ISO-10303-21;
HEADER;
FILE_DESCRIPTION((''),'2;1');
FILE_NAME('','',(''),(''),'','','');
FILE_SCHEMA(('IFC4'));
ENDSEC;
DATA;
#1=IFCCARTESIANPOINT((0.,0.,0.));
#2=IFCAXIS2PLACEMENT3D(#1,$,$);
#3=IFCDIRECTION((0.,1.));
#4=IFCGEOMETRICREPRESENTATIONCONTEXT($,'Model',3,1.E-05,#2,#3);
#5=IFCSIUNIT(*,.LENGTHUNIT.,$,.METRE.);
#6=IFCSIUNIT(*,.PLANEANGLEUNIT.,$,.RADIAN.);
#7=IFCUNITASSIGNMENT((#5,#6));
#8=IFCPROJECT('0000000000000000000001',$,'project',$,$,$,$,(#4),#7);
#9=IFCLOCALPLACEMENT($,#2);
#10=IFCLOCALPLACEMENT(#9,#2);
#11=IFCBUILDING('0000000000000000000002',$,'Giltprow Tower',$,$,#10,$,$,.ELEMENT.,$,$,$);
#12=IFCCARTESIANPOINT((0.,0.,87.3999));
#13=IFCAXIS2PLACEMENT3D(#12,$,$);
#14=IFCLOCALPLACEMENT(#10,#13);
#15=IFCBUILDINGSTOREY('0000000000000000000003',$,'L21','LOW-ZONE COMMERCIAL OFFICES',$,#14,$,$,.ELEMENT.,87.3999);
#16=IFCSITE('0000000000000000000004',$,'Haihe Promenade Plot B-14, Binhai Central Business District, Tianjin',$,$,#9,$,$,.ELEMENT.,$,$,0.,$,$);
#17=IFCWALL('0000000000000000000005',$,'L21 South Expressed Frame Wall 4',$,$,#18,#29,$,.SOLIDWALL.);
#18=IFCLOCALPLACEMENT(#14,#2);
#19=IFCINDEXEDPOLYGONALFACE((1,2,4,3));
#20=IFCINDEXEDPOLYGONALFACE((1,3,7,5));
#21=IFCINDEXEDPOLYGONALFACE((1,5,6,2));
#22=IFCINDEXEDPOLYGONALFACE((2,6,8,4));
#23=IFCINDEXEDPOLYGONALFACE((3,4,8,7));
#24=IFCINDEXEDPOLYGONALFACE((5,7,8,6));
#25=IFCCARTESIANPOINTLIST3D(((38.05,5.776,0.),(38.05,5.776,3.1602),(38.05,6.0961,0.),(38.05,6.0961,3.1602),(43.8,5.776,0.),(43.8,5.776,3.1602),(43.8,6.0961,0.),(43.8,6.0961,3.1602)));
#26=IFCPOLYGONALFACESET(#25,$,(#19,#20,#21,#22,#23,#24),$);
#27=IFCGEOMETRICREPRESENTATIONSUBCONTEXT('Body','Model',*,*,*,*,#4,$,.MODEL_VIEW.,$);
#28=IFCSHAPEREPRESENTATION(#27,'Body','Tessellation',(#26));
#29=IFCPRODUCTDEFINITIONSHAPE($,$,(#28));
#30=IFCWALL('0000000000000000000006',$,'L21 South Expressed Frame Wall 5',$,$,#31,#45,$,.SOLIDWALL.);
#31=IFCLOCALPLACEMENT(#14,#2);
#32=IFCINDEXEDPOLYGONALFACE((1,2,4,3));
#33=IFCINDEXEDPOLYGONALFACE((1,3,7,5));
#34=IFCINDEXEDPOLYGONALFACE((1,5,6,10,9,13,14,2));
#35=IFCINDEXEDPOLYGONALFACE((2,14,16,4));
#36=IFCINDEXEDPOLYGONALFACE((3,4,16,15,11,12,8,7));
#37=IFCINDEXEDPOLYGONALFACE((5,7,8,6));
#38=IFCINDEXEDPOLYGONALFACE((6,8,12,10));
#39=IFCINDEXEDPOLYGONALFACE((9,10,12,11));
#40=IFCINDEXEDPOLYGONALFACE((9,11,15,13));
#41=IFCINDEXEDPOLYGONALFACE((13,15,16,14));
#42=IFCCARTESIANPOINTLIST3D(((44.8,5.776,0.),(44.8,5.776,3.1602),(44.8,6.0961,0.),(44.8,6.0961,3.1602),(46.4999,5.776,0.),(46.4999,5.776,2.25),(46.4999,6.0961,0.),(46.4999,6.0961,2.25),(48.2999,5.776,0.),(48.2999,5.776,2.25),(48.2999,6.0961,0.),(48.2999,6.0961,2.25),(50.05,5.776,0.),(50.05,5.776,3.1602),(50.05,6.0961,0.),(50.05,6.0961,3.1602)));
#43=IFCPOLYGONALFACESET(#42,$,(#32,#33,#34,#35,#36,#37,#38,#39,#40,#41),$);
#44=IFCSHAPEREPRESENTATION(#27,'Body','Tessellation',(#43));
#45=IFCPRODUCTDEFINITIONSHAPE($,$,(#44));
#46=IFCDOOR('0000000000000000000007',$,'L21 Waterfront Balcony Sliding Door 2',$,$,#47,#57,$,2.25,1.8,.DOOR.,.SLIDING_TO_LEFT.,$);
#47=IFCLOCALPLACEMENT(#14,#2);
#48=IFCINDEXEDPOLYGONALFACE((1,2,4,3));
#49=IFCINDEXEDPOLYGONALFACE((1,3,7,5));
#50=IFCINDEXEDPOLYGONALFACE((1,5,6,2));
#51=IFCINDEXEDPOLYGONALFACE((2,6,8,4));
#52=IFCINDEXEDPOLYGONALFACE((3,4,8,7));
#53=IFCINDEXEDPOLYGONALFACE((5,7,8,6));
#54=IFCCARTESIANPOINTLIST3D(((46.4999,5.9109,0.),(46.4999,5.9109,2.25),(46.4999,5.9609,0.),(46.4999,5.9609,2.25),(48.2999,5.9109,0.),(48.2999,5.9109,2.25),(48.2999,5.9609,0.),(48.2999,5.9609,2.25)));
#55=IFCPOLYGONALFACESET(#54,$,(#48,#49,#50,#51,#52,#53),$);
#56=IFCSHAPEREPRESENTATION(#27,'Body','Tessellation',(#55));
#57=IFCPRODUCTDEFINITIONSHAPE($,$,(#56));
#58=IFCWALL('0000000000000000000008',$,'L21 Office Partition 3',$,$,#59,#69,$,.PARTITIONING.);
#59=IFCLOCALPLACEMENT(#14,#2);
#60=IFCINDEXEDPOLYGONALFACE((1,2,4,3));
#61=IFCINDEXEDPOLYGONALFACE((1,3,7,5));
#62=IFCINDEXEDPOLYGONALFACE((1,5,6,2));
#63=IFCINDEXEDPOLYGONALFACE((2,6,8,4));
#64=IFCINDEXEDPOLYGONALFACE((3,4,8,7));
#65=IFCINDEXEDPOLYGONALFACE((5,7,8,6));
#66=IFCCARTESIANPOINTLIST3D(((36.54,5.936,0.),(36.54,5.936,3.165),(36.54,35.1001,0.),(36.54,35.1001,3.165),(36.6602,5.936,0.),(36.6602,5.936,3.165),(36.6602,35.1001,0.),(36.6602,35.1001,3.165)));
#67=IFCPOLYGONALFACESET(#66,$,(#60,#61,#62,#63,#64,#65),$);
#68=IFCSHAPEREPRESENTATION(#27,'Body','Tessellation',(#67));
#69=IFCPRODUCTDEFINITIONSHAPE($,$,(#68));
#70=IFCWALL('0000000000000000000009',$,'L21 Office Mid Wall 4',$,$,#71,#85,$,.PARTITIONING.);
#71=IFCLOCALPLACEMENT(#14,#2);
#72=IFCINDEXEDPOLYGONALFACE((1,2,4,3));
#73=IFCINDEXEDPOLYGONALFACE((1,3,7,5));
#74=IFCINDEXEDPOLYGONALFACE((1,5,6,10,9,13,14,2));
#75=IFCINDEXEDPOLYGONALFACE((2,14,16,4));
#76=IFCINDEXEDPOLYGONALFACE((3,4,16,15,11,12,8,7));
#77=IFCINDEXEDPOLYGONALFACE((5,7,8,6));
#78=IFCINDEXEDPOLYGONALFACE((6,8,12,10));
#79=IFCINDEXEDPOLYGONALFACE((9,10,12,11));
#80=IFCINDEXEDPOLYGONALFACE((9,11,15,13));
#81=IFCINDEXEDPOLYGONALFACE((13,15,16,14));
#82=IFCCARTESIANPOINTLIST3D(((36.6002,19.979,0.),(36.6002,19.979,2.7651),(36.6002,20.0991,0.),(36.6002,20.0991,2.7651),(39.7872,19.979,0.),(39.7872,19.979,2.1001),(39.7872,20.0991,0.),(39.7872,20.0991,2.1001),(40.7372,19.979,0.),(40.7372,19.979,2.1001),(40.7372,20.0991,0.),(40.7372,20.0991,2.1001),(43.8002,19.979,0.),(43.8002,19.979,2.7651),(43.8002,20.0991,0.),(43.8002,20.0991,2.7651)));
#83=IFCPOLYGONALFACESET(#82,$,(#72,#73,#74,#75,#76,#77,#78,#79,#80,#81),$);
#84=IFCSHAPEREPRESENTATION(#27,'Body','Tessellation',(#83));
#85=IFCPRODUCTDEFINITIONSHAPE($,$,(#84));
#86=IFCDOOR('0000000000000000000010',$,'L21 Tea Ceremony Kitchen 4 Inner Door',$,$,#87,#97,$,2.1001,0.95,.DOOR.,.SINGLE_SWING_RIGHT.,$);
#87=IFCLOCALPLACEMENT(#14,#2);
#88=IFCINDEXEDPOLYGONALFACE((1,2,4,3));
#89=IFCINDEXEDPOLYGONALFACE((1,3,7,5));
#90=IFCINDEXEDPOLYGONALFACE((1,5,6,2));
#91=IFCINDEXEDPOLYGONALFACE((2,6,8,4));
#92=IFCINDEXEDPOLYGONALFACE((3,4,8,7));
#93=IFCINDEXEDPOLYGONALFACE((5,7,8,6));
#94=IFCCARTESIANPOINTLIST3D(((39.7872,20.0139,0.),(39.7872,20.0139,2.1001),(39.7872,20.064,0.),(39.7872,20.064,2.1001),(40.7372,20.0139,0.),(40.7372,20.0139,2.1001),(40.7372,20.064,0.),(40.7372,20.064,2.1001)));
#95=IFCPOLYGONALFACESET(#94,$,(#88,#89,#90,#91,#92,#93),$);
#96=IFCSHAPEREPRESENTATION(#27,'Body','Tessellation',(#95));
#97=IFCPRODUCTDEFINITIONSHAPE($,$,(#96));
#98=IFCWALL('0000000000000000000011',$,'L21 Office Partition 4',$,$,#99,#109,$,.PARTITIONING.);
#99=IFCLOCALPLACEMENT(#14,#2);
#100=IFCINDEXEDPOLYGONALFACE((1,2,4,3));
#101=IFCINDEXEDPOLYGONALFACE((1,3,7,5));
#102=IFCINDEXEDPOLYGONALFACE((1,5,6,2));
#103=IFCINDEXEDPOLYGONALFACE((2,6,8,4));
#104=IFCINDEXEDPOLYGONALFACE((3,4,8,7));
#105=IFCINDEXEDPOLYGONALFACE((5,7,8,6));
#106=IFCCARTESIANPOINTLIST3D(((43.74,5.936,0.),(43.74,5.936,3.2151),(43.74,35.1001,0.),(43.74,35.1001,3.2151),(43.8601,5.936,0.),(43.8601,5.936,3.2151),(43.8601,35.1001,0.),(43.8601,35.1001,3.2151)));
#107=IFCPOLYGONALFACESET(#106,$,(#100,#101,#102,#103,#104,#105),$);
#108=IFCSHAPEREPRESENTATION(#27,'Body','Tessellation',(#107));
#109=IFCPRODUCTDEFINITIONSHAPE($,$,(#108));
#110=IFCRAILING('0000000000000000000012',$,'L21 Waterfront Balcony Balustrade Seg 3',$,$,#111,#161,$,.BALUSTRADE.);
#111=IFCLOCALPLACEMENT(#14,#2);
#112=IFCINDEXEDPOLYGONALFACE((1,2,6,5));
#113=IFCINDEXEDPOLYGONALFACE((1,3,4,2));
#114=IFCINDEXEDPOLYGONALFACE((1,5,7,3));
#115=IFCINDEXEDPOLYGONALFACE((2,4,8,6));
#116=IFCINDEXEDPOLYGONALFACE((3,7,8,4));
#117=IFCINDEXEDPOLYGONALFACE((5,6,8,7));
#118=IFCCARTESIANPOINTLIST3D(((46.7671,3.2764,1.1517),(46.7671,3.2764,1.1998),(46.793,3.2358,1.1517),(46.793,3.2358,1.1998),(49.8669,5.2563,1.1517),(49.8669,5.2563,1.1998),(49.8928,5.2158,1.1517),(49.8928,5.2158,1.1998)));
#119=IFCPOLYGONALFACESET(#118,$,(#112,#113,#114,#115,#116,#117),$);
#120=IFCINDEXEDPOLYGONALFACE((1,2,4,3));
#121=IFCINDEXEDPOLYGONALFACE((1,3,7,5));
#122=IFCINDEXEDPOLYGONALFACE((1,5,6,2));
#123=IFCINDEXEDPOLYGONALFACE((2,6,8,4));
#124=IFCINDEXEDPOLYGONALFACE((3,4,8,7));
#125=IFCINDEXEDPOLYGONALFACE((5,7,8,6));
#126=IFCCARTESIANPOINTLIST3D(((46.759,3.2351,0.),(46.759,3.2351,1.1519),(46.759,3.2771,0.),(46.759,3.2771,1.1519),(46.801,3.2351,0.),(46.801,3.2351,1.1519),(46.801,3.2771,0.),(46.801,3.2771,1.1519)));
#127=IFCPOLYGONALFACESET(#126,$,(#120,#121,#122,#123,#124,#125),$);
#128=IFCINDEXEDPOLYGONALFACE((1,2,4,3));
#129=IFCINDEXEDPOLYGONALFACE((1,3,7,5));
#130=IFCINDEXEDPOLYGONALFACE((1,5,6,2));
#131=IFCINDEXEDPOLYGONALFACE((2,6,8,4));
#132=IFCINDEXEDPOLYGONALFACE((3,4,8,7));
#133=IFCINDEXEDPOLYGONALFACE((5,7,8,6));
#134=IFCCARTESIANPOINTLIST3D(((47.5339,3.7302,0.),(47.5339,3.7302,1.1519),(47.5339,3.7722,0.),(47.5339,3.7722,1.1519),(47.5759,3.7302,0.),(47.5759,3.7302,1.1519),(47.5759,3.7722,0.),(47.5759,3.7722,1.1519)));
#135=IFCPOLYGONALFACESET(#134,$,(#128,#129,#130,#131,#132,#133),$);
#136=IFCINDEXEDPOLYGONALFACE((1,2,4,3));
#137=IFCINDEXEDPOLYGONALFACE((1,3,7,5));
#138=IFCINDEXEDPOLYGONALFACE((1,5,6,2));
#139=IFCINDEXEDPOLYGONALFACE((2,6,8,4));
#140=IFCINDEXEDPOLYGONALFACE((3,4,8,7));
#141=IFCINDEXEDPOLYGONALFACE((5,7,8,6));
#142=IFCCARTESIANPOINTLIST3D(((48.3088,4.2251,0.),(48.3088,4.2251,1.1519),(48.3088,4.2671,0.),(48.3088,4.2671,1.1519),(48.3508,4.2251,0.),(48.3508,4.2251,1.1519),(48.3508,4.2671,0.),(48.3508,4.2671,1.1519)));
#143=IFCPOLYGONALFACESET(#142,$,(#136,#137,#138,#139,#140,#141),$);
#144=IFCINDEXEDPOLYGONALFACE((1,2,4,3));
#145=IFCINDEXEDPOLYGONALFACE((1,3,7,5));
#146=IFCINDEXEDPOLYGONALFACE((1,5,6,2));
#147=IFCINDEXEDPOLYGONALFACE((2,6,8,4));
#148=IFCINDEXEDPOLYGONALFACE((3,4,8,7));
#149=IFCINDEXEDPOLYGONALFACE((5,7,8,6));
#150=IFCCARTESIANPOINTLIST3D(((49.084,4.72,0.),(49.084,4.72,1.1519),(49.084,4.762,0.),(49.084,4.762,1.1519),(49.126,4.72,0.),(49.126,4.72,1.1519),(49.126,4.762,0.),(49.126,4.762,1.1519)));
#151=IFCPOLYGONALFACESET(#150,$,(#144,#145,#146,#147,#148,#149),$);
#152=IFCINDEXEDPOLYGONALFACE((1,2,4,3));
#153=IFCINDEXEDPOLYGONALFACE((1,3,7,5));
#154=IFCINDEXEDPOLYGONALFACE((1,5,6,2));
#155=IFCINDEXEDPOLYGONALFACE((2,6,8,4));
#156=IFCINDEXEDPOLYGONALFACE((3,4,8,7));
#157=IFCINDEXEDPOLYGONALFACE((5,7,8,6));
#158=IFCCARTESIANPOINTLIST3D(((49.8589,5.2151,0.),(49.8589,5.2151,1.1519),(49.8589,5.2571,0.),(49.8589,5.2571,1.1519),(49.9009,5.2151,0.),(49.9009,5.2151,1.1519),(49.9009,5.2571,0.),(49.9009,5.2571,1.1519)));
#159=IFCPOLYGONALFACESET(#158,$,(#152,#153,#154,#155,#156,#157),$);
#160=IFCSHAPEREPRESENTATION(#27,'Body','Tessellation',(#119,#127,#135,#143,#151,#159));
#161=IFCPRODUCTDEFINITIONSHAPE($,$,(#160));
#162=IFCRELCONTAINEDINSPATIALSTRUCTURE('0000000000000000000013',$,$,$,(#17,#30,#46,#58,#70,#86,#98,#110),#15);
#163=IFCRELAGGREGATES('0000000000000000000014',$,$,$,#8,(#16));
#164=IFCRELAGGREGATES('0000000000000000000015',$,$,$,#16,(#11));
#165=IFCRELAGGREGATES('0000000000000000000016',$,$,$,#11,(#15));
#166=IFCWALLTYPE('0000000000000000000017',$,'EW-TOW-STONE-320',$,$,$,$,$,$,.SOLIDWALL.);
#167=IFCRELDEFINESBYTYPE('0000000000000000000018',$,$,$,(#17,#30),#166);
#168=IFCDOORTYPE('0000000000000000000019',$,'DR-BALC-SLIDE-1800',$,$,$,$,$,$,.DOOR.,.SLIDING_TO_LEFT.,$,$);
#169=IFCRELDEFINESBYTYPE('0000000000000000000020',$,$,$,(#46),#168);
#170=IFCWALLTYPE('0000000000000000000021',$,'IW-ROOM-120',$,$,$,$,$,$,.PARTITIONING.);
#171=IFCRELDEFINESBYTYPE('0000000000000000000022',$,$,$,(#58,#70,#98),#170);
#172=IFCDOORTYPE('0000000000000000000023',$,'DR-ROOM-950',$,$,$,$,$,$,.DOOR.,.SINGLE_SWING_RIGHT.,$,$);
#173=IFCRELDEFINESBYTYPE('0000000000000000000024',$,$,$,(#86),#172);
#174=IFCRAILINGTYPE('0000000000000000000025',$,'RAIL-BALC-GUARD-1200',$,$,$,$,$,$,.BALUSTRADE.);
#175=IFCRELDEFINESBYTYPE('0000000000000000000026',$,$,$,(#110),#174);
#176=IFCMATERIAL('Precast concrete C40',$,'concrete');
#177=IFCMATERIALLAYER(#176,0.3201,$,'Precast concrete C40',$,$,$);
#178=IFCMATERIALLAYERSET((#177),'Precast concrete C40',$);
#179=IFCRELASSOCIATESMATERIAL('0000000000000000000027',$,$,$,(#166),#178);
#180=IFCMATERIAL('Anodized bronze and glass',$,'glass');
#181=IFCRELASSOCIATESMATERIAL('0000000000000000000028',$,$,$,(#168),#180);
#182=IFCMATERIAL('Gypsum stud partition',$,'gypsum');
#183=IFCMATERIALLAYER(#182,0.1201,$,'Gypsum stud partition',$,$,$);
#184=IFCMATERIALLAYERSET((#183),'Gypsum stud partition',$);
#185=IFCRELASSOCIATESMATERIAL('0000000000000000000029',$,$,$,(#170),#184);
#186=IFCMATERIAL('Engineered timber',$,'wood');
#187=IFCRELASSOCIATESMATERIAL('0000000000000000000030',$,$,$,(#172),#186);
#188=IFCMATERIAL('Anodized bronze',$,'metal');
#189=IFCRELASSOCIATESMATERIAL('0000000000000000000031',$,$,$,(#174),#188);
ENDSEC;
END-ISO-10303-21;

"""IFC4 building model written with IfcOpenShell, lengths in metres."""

from ifc_helpers import new_model, si_unit, direction, frame, frame_2d, origin, origin_2d, place, context, subcontext, project, spatial, rectangle, extrude, source, transform, mapped, material, layer, layer_set, type_object, element, fill, save


model = new_model("IFC4")

# Units and contexts
model_context = context("Model", 3, precision=1e-05, world=origin(), true_north=direction((0.0, 1.0)))
body_context = subcontext(model_context, "Body", "Model", "MODEL_VIEW")
ifc_project = project(units=[si_unit("LENGTHUNIT", "METRE"), si_unit("PLANEANGLEUNIT", "RADIAN")], contexts=[model_context])

# Site, building, storey
site_placement = place(None, origin())
site = spatial("IfcSite", under=ifc_project, at=site_placement, Name="Haihe Promenade Plot B-14, Binhai Central Business District, Tianjin", CompositionType="ELEMENT", RefElevation=0.0)
building_placement = place(site_placement, origin())
building = spatial("IfcBuilding", under=site, at=building_placement, Name="Giltprow Tower", CompositionType="ELEMENT")
storey_placement = place(building_placement, frame((0.0, 0.0, 87.3999)))
storey = spatial("IfcBuildingStorey", under=building, at=storey_placement, Name="L21", Description="LOW-ZONE COMMERCIAL OFFICES", CompositionType="ELEMENT", Elevation=87.3999)

# Shared definitions
ifc_material_1 = material(Name="Anodized bronze", Category="metal")

# Wall
ifc_material_2 = material(Name="Precast concrete C40", Category="concrete")
ifc_layer_1 = layer(ifc_material_2, 0.3201, Name="Precast concrete C40")
ifc_layer_set_1 = layer_set([ifc_layer_1], Name="Precast concrete C40")
wall_type_1 = type_object("IfcWallType", Name="EW-TOW-STONE-320", PredefinedType="SOLIDWALL", material=ifc_layer_set_1)
for number, where, z_axis, x_axis, name in (
    (1, (38.05, 5.936, 0.0), (0.0, 0.0, 1.0), (1.0, 0.0, 0.0), "L21 South Expressed Frame Wall 4"),
):
    element("IfcWall", number, at=place(storey_placement, frame(where, z_axis=z_axis, x_axis=x_axis)), inside=storey, type_object=wall_type_1, Name=name, PredefinedType="SOLIDWALL", context=body_context, shape_type="SweptSolid", body=[
        extrude(rectangle(XDim=5.75, YDim=0.3201, at=frame_2d((2.875, 0.0))), origin(), (0.0, 0.0, 1.0), 3.1602),
    ])

# Wall, opening, door
wall_1_placement = place(storey_placement, frame((44.8, 5.936, 0.0), z_axis=(0.0, 0.0, 1.0), x_axis=(1.0, 0.0, 0.0)))
wall_1 = element("IfcWall", 2, at=wall_1_placement, inside=storey, type_object=wall_type_1, Name="L21 South Expressed Frame Wall 5", PredefinedType="SOLIDWALL", context=body_context, shape_type="SweptSolid", body=[
    extrude(rectangle(XDim=5.25, YDim=0.3201, at=frame_2d((2.625, 0.0))), origin(), (0.0, 0.0, 1.0), 3.1602),
])
opening_1_placement = place(wall_1_placement, frame((1.7, 0.0, 0.0)))
opening_1 = element("IfcOpeningElement", 3, at=opening_1_placement, cuts=wall_1, PredefinedType="OPENING", context=body_context, shape_type="SweptSolid", body=[
    extrude(rectangle(XDim=1.8, YDim=2.25, at=frame_2d((0.8999, 1.125))), frame((0.0, 0.1699, 0.0), z_axis=(0.0, -1.0, 0.0), x_axis=(1.0, 0.0, 0.0)), (0.0, 0.0, 1.0), 0.3401),
])
ifc_material_3 = material(Name="Anodized bronze and glass", Category="glass")
door_type_1 = type_object("IfcDoorType", Name="DR-BALC-SLIDE-1800", OperationType="SLIDING_TO_LEFT", PredefinedType="DOOR", material=ifc_material_3)
shared_shape_1 = source(origin(), body_context, "Body", "SweptSolid", [
    extrude(rectangle(XDim=1.8, YDim=2.25, at=frame_2d((0.8999, 1.125))), frame((0.0, 0.0249, 0.0), z_axis=(0.0, -1.0, 0.0), x_axis=(1.0, 0.0, 0.0)), (0.0, 0.0, 1.0), 0.05),
])
door_1_placement = place(opening_1_placement, origin())
door_1 = element("IfcDoor", 4, at=door_1_placement, inside=storey, type_object=door_type_1, Name="L21 Waterfront Balcony Sliding Door 2", OperationType="SLIDING_TO_LEFT", OverallHeight=2.25, OverallWidth=1.8, PredefinedType="DOOR", context=body_context, shape_type="MappedRepresentation", body=[
    mapped(shared_shape_1, transform((0.0, 0.0, 0.0), x_axis=(1.0, 0.0, 0.0), y_axis=(0.0, 1.0, 0.0), z_axis=(0.0, 0.0, 1.0), scale=1.0)),
])
fill(opening_1, door_1)

# Wall
ifc_material_4 = material(Name="Gypsum stud partition", Category="gypsum")
ifc_layer_2 = layer(ifc_material_4, 0.1201, Name="Gypsum stud partition")
ifc_layer_set_2 = layer_set([ifc_layer_2], Name="Gypsum stud partition")
wall_type_2 = type_object("IfcWallType", Name="IW-ROOM-120", PredefinedType="PARTITIONING", material=ifc_layer_set_2)
wall_2_placement = place(storey_placement, frame((36.6001, 5.936, 0.0), z_axis=(0.0, 0.0, 1.0), x_axis=(0.0, 1.0, 0.0)))
element("IfcWall", 5, at=wall_2_placement, inside=storey, type_object=wall_type_2, Name="L21 Office Partition 3", PredefinedType="PARTITIONING", context=body_context, shape_type="SweptSolid", body=[
    extrude(rectangle(XDim=29.1641, YDim=0.1201, at=frame_2d((14.582, 0.0))), origin(), (0.0, 0.0, 1.0), 3.165),
])

# Wall, opening, door
wall_3_placement = place(storey_placement, frame((36.6001, 20.0391, 0.0), z_axis=(0.0, 0.0, 1.0), x_axis=(1.0, 0.0, 0.0)))
wall_3 = element("IfcWall", 6, at=wall_3_placement, inside=storey, type_object=wall_type_2, Name="L21 Office Mid Wall 4", PredefinedType="PARTITIONING", context=body_context, shape_type="SweptSolid", body=[
    extrude(rectangle(XDim=7.2, YDim=0.1201, at=frame_2d((3.6001, 0.0))), origin(), (0.0, 0.0, 1.0), 2.7651),
])
opening_2_placement = place(wall_3_placement, frame((3.187, 0.0, 0.0)))
opening_2 = element("IfcOpeningElement", 7, at=opening_2_placement, cuts=wall_3, PredefinedType="OPENING", context=body_context, shape_type="SweptSolid", body=[
    extrude(rectangle(XDim=0.95, YDim=2.1001, at=frame_2d((0.4751, 1.05))), frame((0.0, 0.0701, 0.0), z_axis=(0.0, -1.0, 0.0), x_axis=(1.0, 0.0, 0.0)), (0.0, 0.0, 1.0), 0.1401),
])
ifc_material_5 = material(Name="Engineered timber", Category="wood")
door_type_2 = type_object("IfcDoorType", Name="DR-ROOM-950", OperationType="SINGLE_SWING_RIGHT", PredefinedType="DOOR", material=ifc_material_5)
shared_shape_2 = source(origin(), body_context, "Body", "SweptSolid", [
    extrude(rectangle(XDim=0.95, YDim=2.1001, at=frame_2d((0.4751, 1.05))), frame((0.0, 0.0249, 0.0), z_axis=(0.0, -1.0, 0.0), x_axis=(1.0, 0.0, 0.0)), (0.0, 0.0, 1.0), 0.05),
])
door_2_placement = place(opening_2_placement, origin())
door_2 = element("IfcDoor", 8, at=door_2_placement, inside=storey, type_object=door_type_2, Name="L21 Tea Ceremony Kitchen 4 Inner Door", OperationType="SINGLE_SWING_RIGHT", OverallHeight=2.1001, OverallWidth=0.95, PredefinedType="DOOR", context=body_context, shape_type="MappedRepresentation", body=[
    mapped(shared_shape_2, transform((0.0, 0.0, 0.0), x_axis=(1.0, 0.0, 0.0), y_axis=(0.0, 1.0, 0.0), z_axis=(0.0, 0.0, 1.0), scale=1.0)),
])
fill(opening_2, door_2)

# Wall
wall_4_placement = place(storey_placement, frame((43.8, 5.936, 0.0), z_axis=(0.0, 0.0, 1.0), x_axis=(0.0, 1.0, 0.0)))
element("IfcWall", 9, at=wall_4_placement, inside=storey, type_object=wall_type_2, Name="L21 Office Partition 4", PredefinedType="PARTITIONING", context=body_context, shape_type="SweptSolid", body=[
    extrude(rectangle(XDim=29.1641, YDim=0.1201, at=frame_2d((14.582, 0.0))), origin(), (0.0, 0.0, 1.0), 3.2151),
])

# Railing
railing_type = type_object("IfcRailingType", Name="RAIL-BALC-GUARD-1200", PredefinedType="BALUSTRADE", material=ifc_material_1)
railing_1_placement = place(storey_placement, frame((46.78, 3.2561, 0.0)))
element("IfcRailing", 10, at=railing_1_placement, inside=storey, type_object=railing_type, Name="L21 Waterfront Balcony Balustrade Seg 3", PredefinedType="BALUSTRADE", context=body_context, shape_type="SweptSolid", body=[
    extrude(rectangle(XDim=0.0481, YDim=0.0481, at=origin_2d()), frame((0.0, 0.0, 1.1758), z_axis=(0.842756, 0.538296, 0.0), x_axis=(-0.538296, 0.842756, 0.0)), (0.0, 0.0, 1.0), 3.6782),
    extrude(rectangle(XDim=0.042, YDim=0.042, at=origin_2d()), origin(), (0.0, 0.0, 1.0), 1.1519),
    extrude(rectangle(XDim=0.042, YDim=0.042, at=origin_2d()), frame((0.7749, 0.4951, 0.0)), (0.0, 0.0, 1.0), 1.1519),
    extrude(rectangle(XDim=0.042, YDim=0.042, at=origin_2d()), frame((1.5498, 0.99, 0.0)), (0.0, 0.0, 1.0), 1.1519),
    extrude(rectangle(XDim=0.042, YDim=0.042, at=origin_2d()), frame((2.325, 1.4849, 0.0)), (0.0, 0.0, 1.0), 1.1519),
    extrude(rectangle(XDim=0.042, YDim=0.042, at=origin_2d()), frame((3.0999, 1.98, 0.0)), (0.0, 0.0, 1.0), 1.1519),
])

save(model, "model.ifc")
